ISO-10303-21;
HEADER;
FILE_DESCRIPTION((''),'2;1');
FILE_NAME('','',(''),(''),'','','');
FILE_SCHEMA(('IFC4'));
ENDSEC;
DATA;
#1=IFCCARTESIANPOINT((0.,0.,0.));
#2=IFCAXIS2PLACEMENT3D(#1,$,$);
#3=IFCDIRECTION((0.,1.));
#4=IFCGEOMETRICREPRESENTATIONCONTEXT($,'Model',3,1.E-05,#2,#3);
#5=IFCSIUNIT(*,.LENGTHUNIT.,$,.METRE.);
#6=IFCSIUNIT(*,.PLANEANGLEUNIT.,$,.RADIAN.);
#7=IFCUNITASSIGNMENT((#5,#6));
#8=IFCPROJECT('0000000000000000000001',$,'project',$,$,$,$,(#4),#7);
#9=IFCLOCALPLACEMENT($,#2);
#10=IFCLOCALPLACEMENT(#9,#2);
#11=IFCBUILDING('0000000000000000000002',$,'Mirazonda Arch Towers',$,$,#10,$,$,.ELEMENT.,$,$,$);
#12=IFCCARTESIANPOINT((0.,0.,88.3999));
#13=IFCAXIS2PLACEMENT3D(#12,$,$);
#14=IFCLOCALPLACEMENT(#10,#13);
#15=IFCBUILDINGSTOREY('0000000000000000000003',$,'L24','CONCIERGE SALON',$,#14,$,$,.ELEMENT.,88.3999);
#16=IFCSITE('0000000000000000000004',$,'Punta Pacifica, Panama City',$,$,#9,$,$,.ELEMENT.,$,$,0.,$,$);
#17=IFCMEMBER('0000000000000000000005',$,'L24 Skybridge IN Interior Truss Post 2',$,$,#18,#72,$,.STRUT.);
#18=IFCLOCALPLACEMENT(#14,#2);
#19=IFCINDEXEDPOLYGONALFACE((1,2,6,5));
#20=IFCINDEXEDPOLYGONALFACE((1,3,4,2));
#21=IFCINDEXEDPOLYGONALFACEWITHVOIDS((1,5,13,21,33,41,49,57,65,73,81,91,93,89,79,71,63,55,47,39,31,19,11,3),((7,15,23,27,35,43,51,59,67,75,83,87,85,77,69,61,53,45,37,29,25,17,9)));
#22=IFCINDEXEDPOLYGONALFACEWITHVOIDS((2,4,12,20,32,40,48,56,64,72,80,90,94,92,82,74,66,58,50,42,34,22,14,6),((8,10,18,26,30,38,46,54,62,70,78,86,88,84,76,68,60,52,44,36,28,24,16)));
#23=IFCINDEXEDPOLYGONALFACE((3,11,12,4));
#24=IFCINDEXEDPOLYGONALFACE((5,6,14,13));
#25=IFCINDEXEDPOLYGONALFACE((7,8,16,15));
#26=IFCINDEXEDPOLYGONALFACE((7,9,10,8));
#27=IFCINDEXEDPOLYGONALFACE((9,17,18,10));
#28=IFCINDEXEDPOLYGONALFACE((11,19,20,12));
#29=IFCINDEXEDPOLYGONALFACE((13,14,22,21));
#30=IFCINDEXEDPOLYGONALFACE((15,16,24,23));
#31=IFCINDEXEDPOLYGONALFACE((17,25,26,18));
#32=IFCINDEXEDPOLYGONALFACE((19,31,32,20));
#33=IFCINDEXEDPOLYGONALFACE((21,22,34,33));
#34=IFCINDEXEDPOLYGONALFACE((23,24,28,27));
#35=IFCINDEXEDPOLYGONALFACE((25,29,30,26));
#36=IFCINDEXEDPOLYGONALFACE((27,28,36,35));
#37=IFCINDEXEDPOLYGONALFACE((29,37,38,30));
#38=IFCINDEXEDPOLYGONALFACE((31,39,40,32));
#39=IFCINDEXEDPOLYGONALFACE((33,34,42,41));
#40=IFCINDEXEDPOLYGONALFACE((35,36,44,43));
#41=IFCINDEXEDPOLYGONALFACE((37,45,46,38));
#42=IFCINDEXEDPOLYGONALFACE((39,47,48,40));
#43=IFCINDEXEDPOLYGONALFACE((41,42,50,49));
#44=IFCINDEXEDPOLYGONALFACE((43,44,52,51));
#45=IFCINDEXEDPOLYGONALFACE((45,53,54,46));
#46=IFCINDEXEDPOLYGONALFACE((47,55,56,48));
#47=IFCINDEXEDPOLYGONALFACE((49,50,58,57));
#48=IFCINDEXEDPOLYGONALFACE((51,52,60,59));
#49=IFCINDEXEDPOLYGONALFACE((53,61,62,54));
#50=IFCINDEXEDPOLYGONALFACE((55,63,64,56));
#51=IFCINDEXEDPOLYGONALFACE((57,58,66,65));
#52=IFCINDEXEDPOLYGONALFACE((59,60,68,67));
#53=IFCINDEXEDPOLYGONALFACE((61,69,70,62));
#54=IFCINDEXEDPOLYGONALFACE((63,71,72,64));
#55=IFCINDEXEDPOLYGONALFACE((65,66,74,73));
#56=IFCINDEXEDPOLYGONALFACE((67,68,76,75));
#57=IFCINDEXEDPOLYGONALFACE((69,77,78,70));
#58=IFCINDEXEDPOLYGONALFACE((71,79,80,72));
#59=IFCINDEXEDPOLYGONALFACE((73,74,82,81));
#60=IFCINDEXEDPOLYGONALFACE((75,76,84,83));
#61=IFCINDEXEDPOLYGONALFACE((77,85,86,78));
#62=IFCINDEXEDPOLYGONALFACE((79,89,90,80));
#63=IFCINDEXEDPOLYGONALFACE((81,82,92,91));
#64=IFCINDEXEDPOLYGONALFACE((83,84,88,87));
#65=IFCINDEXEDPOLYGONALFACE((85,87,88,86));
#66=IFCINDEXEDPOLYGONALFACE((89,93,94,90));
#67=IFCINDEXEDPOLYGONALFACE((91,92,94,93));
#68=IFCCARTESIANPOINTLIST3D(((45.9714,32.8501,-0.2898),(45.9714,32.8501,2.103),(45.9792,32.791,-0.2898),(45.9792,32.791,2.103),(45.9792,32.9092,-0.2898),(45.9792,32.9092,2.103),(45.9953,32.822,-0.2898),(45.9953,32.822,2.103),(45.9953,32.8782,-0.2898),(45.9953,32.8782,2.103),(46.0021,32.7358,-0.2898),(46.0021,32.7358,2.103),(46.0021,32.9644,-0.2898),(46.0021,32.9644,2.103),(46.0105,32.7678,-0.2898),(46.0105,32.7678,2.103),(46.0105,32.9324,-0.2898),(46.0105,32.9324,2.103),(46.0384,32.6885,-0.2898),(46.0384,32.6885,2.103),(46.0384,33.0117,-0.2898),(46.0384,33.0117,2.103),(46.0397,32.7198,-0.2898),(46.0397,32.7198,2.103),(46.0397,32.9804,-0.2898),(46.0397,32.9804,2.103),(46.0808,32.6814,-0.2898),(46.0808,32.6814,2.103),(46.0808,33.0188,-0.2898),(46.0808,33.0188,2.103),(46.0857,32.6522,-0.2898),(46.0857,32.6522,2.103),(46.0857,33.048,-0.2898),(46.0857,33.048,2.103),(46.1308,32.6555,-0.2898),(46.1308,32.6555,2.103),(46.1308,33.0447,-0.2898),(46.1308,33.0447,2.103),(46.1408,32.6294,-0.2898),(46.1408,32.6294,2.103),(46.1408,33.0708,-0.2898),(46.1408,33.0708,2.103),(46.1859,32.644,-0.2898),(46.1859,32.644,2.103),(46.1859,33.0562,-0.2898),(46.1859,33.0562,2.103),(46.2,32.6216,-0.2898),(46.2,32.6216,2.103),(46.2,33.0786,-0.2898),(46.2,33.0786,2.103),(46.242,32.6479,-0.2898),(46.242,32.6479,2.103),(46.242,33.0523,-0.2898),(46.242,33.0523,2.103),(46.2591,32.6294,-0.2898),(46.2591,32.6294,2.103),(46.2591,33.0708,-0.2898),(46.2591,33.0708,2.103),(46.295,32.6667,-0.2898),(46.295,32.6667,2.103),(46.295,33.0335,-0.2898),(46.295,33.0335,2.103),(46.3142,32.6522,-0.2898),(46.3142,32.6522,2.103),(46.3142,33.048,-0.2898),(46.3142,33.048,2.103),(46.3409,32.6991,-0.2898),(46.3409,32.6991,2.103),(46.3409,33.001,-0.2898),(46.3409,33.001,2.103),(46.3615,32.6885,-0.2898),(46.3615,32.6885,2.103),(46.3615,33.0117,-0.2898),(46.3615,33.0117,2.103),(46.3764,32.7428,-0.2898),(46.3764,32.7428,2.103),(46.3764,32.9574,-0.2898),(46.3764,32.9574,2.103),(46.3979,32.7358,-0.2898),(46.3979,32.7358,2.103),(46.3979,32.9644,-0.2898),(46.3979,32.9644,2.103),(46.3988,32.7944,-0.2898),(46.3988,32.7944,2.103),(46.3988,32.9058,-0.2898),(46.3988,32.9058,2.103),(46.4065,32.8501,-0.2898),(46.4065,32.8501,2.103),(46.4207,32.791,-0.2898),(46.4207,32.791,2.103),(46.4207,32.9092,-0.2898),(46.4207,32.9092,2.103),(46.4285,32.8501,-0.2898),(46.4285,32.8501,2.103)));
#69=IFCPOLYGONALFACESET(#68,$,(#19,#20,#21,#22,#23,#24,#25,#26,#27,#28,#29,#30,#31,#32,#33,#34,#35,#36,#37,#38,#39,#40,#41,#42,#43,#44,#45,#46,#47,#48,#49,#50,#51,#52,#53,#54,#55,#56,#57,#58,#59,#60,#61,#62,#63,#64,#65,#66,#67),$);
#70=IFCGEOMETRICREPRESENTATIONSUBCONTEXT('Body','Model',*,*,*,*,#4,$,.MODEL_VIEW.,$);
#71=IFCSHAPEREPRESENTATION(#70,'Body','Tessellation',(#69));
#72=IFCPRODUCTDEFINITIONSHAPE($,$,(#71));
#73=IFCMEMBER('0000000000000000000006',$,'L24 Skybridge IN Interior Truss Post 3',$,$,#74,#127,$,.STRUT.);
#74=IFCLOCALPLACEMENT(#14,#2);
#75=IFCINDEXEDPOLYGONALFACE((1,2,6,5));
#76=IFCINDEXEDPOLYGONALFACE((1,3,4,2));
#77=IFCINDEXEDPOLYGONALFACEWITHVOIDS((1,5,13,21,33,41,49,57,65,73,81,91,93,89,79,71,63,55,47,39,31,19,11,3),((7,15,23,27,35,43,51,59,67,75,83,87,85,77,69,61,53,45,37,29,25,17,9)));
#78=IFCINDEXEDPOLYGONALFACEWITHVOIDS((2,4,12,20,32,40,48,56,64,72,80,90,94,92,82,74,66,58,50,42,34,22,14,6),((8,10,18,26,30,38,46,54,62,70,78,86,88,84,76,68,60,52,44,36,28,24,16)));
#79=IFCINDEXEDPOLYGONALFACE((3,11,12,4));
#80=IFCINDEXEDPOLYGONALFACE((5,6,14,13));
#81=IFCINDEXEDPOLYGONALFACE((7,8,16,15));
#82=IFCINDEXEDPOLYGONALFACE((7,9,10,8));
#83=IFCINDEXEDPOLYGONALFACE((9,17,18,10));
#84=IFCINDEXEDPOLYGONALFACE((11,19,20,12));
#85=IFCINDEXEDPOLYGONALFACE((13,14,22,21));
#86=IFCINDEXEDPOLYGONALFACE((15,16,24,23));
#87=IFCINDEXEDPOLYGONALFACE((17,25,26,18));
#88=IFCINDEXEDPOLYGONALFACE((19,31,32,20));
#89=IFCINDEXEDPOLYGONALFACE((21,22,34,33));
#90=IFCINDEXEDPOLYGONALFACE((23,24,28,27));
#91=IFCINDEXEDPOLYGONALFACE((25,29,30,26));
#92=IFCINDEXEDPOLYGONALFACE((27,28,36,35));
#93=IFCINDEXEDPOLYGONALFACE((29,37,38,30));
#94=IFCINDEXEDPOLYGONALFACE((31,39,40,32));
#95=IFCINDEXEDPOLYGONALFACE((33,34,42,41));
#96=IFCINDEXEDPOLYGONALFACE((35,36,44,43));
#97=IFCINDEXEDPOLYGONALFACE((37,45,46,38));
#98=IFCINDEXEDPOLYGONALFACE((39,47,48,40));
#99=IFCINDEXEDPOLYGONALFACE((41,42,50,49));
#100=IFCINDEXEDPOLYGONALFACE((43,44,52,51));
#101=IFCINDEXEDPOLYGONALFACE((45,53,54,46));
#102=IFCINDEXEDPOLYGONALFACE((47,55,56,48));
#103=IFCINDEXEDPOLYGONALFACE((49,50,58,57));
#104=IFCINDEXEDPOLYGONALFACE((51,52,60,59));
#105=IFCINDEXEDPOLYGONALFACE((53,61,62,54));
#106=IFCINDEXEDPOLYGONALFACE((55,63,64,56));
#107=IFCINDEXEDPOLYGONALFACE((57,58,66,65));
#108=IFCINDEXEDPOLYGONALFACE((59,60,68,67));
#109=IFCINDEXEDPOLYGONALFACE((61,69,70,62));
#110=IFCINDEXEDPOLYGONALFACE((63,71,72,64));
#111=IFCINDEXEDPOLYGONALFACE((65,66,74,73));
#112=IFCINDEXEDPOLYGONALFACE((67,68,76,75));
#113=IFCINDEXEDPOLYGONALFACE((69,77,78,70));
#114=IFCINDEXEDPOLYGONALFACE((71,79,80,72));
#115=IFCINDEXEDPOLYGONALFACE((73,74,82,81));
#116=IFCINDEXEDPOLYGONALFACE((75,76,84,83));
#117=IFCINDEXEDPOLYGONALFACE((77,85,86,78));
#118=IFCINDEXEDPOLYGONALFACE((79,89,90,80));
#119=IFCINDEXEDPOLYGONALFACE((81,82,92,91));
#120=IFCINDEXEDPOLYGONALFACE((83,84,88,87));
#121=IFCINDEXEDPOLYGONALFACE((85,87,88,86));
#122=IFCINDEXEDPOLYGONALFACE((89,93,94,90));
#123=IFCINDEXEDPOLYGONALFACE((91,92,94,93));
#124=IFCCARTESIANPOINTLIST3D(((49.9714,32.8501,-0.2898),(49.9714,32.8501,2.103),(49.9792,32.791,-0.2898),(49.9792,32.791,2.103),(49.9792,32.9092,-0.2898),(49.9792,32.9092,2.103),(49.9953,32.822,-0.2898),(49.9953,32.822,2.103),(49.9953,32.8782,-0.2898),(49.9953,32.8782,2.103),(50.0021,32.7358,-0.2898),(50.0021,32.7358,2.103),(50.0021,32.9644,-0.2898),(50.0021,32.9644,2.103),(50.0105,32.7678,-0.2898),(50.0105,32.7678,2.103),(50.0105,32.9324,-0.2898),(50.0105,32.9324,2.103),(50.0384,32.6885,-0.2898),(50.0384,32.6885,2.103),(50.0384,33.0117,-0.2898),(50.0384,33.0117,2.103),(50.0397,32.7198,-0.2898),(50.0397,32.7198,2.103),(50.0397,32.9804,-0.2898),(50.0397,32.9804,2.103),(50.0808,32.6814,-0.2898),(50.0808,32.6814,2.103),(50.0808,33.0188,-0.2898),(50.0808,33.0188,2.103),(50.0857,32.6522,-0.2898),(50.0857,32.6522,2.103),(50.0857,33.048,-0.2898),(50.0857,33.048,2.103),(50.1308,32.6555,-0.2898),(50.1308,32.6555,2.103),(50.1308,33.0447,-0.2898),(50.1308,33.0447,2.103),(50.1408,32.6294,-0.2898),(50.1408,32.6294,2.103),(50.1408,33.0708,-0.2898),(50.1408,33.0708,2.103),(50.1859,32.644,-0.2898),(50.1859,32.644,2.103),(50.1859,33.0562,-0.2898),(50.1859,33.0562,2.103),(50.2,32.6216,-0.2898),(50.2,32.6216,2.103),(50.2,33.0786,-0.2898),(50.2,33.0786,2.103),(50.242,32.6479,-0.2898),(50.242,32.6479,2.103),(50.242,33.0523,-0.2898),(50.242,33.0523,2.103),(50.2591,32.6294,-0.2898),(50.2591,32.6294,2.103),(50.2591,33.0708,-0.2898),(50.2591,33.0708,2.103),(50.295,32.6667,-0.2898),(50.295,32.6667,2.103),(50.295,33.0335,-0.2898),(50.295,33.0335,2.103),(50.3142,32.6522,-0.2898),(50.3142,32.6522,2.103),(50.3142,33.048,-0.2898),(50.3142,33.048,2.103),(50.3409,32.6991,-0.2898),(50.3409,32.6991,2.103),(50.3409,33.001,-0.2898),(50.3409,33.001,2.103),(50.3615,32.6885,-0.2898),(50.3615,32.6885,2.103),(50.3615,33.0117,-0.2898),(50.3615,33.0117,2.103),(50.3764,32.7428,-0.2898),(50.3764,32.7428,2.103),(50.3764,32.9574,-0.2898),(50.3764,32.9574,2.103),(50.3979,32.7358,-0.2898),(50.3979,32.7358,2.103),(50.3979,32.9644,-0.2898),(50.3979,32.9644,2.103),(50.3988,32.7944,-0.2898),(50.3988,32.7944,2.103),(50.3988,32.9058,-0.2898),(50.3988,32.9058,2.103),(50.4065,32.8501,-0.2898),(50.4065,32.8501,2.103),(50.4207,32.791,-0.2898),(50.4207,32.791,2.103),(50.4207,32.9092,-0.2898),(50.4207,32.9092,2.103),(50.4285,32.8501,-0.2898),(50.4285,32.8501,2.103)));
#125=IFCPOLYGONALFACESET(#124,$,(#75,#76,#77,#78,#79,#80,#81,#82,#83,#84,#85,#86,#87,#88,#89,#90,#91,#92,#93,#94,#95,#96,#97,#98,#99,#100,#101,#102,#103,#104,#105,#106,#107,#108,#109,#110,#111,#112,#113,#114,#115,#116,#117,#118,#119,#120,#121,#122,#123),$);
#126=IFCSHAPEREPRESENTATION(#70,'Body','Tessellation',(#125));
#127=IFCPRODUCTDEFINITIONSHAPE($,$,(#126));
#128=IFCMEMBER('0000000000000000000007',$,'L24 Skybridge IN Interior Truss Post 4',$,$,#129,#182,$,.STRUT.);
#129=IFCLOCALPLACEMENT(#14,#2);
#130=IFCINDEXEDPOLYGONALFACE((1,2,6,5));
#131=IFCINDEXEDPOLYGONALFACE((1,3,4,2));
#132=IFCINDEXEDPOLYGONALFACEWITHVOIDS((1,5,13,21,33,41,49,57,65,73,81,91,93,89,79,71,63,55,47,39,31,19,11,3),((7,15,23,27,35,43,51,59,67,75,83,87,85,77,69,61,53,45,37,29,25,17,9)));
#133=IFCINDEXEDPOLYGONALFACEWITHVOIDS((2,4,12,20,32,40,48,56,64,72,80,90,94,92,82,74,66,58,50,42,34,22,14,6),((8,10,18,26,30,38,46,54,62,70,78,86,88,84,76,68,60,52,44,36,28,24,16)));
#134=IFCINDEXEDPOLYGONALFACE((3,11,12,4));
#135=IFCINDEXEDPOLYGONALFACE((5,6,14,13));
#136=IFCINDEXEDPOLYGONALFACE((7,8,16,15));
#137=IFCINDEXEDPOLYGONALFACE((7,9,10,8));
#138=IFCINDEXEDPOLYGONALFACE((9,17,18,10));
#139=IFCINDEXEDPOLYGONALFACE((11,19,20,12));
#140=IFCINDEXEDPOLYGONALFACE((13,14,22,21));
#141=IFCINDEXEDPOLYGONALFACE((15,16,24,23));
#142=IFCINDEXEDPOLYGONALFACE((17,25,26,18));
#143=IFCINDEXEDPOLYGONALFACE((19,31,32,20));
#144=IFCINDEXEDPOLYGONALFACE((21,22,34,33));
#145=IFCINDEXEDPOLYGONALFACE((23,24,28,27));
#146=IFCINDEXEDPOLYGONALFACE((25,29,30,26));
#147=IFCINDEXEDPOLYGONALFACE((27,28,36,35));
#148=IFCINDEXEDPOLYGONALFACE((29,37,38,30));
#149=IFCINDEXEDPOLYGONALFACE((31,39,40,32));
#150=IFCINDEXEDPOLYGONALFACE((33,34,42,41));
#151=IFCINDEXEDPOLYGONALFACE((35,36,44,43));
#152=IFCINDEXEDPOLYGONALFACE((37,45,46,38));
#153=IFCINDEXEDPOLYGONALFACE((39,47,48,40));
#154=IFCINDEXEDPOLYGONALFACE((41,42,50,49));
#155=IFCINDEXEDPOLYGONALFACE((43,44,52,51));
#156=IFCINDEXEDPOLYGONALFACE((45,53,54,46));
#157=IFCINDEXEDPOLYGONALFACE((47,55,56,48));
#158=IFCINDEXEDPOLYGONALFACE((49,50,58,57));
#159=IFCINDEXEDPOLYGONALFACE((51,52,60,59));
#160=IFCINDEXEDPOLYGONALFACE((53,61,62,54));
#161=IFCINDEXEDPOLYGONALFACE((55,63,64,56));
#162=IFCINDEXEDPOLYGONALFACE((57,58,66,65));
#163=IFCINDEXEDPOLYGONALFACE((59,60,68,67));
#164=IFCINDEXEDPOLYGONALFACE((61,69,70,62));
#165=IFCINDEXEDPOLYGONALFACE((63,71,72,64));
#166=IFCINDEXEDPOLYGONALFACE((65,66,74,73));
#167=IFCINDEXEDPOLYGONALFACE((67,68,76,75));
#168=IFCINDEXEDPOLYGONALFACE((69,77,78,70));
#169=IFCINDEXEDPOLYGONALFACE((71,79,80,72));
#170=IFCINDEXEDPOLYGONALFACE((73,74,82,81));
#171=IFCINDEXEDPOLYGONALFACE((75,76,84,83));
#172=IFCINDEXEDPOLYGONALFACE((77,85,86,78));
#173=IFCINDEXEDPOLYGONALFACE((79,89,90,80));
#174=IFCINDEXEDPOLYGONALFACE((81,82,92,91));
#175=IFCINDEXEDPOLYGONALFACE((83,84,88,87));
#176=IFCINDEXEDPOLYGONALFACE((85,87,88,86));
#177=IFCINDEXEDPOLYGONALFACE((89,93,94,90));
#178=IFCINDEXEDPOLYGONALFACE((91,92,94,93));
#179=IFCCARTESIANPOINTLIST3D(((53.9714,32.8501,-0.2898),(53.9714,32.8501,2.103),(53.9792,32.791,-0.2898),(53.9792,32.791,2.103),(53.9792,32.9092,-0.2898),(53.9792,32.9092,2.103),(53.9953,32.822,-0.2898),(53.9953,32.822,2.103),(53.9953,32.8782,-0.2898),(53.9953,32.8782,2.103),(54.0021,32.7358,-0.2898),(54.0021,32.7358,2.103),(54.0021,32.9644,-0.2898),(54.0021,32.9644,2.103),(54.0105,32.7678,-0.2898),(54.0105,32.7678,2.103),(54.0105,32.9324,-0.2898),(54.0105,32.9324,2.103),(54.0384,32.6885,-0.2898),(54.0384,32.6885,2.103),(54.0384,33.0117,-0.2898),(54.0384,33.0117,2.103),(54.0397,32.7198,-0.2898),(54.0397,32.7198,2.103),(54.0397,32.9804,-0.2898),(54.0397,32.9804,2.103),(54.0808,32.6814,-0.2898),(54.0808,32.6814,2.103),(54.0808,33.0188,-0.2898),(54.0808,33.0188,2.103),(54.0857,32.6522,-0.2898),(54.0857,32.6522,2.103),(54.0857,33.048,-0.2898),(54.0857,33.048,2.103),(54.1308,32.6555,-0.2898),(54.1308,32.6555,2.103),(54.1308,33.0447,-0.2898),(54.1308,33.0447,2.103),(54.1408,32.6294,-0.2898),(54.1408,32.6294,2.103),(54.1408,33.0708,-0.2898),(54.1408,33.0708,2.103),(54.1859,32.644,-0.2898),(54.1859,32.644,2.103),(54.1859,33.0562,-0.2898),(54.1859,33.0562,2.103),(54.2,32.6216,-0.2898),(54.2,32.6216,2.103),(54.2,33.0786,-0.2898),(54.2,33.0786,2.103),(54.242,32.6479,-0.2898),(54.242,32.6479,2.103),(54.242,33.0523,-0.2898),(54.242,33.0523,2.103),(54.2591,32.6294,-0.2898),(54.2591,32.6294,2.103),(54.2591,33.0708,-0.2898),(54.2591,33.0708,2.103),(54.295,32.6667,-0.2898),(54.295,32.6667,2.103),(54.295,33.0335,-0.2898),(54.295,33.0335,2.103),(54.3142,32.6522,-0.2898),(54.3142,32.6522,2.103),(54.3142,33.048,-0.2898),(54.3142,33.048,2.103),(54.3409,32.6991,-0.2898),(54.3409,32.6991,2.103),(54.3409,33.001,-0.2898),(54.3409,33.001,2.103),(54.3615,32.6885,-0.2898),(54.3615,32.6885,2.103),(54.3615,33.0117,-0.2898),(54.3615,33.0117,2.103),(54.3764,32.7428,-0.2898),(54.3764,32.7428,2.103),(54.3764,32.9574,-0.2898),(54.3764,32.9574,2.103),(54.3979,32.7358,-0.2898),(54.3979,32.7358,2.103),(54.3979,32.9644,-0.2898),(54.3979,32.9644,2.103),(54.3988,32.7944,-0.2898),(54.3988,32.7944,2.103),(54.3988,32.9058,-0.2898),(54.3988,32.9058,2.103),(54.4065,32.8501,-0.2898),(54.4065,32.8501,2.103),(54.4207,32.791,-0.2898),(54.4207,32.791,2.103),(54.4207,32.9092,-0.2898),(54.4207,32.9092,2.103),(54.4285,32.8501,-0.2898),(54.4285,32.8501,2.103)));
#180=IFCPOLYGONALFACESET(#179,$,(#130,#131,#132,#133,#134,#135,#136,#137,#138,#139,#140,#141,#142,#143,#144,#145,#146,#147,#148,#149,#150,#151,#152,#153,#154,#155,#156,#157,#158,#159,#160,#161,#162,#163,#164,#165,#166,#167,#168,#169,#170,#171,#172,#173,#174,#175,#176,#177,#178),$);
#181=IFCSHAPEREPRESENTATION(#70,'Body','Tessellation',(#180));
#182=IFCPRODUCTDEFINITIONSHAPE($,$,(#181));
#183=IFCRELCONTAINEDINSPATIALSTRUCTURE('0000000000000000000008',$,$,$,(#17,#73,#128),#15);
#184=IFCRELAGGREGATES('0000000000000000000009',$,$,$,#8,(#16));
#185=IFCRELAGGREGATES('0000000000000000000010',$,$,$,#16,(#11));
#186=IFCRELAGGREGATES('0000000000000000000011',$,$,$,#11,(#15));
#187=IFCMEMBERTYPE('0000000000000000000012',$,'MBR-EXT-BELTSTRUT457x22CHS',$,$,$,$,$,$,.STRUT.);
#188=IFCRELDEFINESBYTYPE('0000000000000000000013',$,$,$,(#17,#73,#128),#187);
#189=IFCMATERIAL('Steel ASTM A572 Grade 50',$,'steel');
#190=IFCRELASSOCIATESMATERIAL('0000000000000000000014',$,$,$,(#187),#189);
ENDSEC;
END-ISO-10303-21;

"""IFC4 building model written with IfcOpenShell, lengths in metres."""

from ifc_helpers import new_model, si_unit, direction, frame, origin, origin_2d, place, context, subcontext, project, spatial, hollow_circle, extrude, material, material_profile, profile_set, type_object, element, save


model = new_model("IFC4")

# Units and contexts
model_context = context("Model", 3, precision=1e-05, world=origin(), true_north=direction((0.0, 1.0)))
body_context = subcontext(model_context, "Body", "Model", "MODEL_VIEW")
ifc_project = project(units=[si_unit("LENGTHUNIT", "METRE"), si_unit("PLANEANGLEUNIT", "RADIAN")], contexts=[model_context])

# Site, building, storey
site_placement = place(None, origin())
site = spatial("IfcSite", under=ifc_project, at=site_placement, Name="Punta Pacifica, Panama City", CompositionType="ELEMENT", RefElevation=0.0)
building_placement = place(site_placement, origin())
building = spatial("IfcBuilding", under=site, at=building_placement, Name="Mirazonda Arch Towers", CompositionType="ELEMENT")
storey_placement = place(building_placement, frame((0.0, 0.0, 88.3999)))
storey = spatial("IfcBuildingStorey", under=building, at=storey_placement, Name="L24", Description="CONCIERGE SALON", CompositionType="ELEMENT", Elevation=88.3999)

# Members
ifc_material_1 = material(Name="Steel ASTM A572 Grade 50", Category="steel")
ifc_material_profile_1 = material_profile(ifc_material_1, hollow_circle(Radius=0.2285, WallThickness=0.022, at=origin_2d()), Name="BELTSTRUT457x22CHS")
ifc_profile_set_1 = profile_set([ifc_material_profile_1], Name="Steel ASTM A572 Grade 50")
member_type_1 = type_object("IfcMemberType", Name="MBR-EXT-BELTSTRUT457x22CHS", PredefinedType="STRUT", material=ifc_profile_set_1)
for number, where, z_axis, x_axis, name in (
    (1, (46.2, 32.8501, -0.2898), (0.0, 0.0, 1.0), (1.0, 0.0, 0.0), "L24 Skybridge IN Interior Truss Post 2"),
    (2, (50.2, 32.8501, -0.2898), (0.0, 0.0, 1.0), (1.0, 0.0, 0.0), "L24 Skybridge IN Interior Truss Post 3"),
    (3, (54.2, 32.8501, -0.2898), (0.0, 0.0, 1.0), (1.0, 0.0, 0.0), "L24 Skybridge IN Interior Truss Post 4"),
):
    element("IfcMember", number, at=place(storey_placement, frame(where, z_axis=z_axis, x_axis=x_axis)), inside=storey, type_object=member_type_1, Name=name, PredefinedType="STRUT", context=body_context, shape_type="SweptSolid", body=[
        extrude(hollow_circle(Radius=0.2285, WallThickness=0.022, at=origin_2d()), origin(), (0.0, 0.0, 1.0), 2.3928),
    ])

save(model, "model.ifc")
